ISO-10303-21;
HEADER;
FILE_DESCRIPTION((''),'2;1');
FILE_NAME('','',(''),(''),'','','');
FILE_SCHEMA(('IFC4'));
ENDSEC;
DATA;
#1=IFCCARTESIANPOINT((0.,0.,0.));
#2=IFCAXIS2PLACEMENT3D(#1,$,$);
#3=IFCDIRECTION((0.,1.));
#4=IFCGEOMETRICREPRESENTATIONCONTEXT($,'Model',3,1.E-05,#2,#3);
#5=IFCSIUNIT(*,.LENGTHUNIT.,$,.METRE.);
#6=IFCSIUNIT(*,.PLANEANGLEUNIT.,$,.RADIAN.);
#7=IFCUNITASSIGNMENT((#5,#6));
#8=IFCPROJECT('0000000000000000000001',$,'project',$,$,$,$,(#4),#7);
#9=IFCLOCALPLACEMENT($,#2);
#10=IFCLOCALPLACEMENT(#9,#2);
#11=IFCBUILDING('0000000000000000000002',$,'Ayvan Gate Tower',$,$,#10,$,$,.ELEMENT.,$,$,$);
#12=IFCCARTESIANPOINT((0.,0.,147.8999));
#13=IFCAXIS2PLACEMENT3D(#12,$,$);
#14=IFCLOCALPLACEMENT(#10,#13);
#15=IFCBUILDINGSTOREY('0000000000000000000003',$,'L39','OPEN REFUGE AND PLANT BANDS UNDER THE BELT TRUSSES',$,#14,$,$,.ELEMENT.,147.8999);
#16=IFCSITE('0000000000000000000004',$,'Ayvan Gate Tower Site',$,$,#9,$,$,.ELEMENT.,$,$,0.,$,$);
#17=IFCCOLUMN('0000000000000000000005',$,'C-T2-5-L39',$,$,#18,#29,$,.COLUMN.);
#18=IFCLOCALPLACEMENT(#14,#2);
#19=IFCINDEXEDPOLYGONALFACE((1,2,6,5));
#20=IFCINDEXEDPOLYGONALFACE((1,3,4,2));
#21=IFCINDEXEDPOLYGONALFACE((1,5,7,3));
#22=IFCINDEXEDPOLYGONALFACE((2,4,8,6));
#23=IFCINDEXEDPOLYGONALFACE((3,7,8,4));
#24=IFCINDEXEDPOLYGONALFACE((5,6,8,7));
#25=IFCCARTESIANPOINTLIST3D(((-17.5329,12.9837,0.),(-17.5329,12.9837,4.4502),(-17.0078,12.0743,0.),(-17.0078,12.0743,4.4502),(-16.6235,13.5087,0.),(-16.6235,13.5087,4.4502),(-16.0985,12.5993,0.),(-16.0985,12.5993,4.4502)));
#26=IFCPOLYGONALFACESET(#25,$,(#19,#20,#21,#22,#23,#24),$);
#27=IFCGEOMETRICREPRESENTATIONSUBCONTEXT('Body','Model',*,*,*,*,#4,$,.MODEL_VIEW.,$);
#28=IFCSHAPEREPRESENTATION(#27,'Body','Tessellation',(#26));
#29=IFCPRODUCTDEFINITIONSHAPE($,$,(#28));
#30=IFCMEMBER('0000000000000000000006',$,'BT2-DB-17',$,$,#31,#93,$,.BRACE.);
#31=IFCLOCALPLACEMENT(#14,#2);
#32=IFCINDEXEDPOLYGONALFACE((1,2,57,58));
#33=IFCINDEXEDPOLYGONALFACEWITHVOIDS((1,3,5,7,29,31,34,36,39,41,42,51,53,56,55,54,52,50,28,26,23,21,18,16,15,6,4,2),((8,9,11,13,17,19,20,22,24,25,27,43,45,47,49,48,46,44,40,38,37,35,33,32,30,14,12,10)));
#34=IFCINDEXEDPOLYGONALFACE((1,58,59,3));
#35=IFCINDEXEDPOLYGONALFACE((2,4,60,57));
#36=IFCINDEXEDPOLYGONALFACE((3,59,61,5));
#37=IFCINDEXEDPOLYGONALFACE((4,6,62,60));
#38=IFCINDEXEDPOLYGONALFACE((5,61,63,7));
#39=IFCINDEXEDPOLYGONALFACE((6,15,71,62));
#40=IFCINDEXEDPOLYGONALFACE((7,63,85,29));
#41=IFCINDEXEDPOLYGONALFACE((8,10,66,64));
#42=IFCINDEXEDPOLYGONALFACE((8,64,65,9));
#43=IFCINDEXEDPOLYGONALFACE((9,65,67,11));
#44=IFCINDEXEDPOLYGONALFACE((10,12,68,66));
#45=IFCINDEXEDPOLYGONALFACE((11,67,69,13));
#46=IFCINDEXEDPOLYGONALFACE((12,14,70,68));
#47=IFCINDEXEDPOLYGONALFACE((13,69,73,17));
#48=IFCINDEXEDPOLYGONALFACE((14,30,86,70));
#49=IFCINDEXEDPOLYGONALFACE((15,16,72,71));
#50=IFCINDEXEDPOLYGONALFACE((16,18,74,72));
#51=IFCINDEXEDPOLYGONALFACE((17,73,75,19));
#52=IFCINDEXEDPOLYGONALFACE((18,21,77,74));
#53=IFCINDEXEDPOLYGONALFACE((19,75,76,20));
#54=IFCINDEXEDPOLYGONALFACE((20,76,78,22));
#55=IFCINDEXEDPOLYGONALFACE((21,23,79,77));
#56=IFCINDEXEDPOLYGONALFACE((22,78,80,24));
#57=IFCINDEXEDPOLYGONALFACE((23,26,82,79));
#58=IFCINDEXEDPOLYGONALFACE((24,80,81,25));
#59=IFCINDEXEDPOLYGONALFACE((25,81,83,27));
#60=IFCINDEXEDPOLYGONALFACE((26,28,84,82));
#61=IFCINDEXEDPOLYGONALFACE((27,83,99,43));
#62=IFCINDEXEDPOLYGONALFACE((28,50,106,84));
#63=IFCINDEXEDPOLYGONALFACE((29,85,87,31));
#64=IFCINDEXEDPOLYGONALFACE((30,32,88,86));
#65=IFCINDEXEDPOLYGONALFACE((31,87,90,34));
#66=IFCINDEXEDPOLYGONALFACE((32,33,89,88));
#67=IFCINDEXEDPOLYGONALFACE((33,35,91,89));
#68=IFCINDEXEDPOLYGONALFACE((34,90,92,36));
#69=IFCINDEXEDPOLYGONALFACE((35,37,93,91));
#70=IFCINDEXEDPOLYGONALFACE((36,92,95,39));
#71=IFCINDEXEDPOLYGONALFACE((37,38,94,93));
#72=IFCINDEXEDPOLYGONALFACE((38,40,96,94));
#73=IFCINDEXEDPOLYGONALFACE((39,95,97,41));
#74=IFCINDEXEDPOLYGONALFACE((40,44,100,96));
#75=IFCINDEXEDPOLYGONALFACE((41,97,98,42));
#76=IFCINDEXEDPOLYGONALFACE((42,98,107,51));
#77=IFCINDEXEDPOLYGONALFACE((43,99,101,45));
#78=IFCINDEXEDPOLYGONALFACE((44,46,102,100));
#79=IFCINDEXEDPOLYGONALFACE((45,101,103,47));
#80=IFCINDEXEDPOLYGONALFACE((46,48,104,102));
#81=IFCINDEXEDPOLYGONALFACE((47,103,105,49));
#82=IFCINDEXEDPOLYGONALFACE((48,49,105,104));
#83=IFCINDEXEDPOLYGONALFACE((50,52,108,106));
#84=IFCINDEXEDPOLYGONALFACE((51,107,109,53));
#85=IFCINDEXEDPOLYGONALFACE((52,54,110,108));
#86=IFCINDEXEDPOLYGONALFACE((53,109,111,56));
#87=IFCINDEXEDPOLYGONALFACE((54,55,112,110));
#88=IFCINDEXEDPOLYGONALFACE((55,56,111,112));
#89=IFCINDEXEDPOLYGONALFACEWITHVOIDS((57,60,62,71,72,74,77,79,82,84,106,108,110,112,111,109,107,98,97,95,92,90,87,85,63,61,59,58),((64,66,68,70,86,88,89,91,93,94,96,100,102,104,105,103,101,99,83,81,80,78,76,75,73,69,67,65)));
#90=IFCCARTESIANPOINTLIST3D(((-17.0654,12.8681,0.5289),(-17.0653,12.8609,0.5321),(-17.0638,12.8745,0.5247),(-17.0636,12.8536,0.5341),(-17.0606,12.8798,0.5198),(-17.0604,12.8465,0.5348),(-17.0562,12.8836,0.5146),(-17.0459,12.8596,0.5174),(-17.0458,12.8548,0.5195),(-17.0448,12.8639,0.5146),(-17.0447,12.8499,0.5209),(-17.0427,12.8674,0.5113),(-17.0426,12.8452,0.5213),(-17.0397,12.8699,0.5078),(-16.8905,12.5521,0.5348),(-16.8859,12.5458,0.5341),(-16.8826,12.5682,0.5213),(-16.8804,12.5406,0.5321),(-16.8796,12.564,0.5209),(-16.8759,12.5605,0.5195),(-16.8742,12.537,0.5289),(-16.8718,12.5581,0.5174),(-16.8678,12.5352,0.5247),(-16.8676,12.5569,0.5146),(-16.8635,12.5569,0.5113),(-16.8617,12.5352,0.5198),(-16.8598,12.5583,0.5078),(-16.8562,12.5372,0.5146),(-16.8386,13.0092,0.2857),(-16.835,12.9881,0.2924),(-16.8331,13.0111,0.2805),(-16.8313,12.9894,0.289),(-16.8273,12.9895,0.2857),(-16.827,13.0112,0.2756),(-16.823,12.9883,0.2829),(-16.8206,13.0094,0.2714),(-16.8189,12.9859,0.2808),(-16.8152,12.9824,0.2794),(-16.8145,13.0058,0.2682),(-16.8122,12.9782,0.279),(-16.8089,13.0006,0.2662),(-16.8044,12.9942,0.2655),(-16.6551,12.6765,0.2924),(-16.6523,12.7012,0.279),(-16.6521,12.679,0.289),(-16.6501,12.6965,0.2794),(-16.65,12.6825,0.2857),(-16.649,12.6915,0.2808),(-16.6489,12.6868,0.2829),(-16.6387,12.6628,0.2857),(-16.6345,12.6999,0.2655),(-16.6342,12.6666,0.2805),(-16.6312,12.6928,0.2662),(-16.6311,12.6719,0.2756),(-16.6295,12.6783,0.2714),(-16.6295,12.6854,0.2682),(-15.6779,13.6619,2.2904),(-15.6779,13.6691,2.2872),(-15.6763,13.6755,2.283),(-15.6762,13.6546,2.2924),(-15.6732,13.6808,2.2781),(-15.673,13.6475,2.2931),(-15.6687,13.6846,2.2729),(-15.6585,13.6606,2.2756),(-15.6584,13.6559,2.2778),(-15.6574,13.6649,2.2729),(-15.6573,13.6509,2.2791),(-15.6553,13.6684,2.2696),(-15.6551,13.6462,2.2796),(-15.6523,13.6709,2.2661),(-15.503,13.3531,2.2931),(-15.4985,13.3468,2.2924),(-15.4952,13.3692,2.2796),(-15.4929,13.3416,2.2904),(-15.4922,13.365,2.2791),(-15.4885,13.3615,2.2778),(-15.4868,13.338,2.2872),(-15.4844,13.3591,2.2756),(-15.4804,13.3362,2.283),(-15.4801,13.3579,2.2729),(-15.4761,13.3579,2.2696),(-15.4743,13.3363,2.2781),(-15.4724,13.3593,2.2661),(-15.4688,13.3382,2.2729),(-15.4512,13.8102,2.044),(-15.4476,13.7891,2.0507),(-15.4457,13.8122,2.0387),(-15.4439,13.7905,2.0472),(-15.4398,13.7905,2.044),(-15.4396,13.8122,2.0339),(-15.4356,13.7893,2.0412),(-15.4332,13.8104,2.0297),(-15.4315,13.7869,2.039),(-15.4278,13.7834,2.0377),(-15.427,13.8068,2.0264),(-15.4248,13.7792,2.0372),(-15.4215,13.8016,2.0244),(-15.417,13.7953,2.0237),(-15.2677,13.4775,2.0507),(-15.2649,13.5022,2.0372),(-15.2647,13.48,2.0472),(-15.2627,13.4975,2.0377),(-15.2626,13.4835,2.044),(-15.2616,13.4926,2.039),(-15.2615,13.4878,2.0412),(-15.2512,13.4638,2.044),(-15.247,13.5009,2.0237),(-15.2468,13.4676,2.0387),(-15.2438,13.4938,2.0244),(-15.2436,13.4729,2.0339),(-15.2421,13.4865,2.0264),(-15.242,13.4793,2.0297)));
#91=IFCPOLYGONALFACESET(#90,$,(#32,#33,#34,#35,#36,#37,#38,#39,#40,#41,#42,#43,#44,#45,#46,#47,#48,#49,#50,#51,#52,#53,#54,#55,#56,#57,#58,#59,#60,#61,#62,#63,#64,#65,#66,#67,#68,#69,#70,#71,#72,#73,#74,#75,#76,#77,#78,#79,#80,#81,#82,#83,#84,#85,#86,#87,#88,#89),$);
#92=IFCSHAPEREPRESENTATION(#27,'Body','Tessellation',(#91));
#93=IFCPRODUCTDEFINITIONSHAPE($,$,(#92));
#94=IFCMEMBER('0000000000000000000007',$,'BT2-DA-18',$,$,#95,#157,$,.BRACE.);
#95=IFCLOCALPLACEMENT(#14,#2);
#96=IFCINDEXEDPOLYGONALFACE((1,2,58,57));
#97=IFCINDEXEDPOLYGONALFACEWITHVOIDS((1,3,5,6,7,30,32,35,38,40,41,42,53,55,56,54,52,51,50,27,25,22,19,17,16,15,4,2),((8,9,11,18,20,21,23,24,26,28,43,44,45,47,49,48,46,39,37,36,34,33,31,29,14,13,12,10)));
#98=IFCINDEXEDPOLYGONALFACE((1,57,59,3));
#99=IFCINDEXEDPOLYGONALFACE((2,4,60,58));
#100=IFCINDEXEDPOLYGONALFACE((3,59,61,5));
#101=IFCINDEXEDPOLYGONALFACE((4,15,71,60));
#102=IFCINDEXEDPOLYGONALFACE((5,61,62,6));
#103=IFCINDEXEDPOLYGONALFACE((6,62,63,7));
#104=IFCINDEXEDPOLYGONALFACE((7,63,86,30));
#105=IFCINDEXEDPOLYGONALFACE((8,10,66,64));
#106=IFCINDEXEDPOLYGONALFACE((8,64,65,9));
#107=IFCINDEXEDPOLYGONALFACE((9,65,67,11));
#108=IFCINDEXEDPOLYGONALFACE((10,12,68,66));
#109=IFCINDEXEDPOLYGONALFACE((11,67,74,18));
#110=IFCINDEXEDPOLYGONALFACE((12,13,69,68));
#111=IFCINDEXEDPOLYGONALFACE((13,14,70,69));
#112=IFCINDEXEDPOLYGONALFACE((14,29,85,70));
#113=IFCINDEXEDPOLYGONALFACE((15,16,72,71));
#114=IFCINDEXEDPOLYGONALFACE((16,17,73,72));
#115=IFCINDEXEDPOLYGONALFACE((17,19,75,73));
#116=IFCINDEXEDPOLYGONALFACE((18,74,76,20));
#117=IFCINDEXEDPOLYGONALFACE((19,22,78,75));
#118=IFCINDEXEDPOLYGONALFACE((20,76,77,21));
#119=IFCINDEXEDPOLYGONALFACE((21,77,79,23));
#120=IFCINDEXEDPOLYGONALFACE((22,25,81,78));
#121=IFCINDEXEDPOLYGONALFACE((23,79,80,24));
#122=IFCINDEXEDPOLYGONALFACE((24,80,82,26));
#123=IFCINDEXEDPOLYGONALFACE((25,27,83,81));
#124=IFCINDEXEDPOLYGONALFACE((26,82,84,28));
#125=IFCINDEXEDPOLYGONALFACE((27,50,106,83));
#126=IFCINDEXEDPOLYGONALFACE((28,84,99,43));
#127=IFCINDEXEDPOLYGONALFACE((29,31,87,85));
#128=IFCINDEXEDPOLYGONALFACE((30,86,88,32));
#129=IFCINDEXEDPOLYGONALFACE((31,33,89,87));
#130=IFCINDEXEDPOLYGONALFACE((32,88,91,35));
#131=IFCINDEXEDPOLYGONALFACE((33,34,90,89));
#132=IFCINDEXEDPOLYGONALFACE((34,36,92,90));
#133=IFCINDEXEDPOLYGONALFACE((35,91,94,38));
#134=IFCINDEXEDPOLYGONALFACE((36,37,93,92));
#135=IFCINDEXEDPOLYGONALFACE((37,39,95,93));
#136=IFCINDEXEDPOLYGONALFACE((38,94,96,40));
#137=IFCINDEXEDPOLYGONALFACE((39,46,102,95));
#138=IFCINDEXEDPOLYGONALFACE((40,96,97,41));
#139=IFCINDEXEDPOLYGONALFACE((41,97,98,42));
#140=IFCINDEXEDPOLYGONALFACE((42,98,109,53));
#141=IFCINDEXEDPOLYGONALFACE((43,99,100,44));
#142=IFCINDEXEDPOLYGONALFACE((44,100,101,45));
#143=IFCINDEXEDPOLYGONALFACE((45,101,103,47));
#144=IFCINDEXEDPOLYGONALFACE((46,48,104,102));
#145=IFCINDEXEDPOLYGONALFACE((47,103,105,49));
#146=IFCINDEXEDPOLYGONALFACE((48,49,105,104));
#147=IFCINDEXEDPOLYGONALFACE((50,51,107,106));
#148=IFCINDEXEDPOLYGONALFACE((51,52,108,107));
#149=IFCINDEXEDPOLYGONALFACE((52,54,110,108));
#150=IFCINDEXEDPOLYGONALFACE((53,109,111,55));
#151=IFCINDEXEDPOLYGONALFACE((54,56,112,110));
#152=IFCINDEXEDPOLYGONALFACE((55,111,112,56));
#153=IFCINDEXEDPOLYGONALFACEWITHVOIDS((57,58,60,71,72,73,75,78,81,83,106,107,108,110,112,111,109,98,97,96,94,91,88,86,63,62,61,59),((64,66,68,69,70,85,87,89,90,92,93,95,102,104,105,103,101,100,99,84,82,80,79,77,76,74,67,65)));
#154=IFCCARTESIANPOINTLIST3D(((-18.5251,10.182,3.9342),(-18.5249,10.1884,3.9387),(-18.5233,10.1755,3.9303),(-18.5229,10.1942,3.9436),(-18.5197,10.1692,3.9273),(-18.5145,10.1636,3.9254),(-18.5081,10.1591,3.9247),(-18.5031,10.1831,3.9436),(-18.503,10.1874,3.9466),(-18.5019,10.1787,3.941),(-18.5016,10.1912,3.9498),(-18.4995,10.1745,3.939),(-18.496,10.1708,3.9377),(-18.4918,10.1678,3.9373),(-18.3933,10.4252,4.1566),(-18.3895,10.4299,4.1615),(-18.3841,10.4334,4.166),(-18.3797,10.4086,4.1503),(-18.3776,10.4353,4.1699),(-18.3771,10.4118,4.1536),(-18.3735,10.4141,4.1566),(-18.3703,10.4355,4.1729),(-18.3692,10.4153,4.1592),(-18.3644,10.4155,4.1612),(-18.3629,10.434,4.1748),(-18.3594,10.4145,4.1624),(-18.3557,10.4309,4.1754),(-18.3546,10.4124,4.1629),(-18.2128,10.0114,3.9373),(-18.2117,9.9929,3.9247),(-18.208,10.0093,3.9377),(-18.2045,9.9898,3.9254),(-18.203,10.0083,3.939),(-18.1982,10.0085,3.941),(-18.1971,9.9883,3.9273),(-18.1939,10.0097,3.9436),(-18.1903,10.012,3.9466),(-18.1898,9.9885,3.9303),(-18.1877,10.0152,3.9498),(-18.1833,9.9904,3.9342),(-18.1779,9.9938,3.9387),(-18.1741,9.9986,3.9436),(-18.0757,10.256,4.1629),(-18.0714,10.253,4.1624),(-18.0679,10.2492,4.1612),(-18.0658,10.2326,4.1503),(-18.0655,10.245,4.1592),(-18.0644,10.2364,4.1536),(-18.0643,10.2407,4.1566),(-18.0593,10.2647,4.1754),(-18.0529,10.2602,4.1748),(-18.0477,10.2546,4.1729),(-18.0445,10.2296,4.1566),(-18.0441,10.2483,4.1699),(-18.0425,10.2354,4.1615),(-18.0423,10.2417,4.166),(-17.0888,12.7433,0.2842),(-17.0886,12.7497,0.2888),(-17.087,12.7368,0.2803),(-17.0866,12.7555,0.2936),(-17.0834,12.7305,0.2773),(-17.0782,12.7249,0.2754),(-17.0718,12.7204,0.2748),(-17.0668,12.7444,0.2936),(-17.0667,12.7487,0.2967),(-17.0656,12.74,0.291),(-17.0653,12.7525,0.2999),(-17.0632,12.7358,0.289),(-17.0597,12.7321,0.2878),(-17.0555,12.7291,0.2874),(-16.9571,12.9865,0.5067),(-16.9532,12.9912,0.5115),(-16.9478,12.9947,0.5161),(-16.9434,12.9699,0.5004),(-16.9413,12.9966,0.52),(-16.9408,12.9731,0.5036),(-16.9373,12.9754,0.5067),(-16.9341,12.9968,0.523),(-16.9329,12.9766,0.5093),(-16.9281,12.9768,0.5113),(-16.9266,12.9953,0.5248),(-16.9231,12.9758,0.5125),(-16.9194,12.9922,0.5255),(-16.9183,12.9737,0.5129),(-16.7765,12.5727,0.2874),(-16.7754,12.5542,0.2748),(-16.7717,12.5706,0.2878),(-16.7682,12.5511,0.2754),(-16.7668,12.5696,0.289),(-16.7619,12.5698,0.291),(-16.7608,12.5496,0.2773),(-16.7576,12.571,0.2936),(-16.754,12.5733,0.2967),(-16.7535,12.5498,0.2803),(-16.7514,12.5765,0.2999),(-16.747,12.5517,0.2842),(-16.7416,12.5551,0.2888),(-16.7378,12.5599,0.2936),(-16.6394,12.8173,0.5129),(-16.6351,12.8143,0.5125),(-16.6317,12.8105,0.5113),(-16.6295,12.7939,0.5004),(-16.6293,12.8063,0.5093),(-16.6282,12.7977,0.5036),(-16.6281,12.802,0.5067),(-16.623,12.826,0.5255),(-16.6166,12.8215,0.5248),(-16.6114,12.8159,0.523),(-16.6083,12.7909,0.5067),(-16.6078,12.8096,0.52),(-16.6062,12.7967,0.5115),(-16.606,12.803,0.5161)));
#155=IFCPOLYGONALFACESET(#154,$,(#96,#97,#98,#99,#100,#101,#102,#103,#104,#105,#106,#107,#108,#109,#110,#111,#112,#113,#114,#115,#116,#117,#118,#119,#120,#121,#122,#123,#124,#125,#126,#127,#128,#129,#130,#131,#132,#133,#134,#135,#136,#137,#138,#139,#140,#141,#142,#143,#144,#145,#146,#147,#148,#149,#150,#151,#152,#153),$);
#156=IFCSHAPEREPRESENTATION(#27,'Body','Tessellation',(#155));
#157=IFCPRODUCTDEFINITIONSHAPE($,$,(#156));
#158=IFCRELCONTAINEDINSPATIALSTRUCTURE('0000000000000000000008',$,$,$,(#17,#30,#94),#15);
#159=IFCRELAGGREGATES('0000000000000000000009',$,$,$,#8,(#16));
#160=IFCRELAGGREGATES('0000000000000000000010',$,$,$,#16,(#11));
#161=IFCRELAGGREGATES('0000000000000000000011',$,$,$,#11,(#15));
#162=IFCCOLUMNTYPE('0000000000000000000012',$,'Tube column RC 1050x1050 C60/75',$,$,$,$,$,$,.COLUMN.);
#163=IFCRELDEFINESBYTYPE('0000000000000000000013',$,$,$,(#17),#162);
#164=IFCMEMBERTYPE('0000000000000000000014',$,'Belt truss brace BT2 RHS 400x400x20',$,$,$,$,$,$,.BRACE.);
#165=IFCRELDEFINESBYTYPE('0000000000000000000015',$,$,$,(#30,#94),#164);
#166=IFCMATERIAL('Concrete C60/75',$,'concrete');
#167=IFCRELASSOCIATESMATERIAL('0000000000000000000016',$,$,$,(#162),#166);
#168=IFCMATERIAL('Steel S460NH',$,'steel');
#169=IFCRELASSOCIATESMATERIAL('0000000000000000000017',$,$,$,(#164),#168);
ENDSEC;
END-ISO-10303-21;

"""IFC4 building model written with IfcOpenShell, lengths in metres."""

from ifc_helpers import new_model, si_unit, direction, frame, origin, origin_2d, place, context, subcontext, project, spatial, rectangle, hollow_rectangle, extrude, material, material_profile, profile_set, type_object, element, save


model = new_model("IFC4")

# Units and contexts
model_context = context("Model", 3, precision=1e-05, world=origin(), true_north=direction((0.0, 1.0)))
body_context = subcontext(model_context, "Body", "Model", "MODEL_VIEW")
ifc_project = project(units=[si_unit("LENGTHUNIT", "METRE"), si_unit("PLANEANGLEUNIT", "RADIAN")], contexts=[model_context])

# Site, building, storey
site_placement = place(None, origin())
site = spatial("IfcSite", under=ifc_project, at=site_placement, Name="Ayvan Gate Tower Site", CompositionType="ELEMENT", RefElevation=0.0)
building_placement = place(site_placement, origin())
building = spatial("IfcBuilding", under=site, at=building_placement, Name="Ayvan Gate Tower", CompositionType="ELEMENT")
storey_placement = place(building_placement, frame((0.0, 0.0, 147.8999)))
storey = spatial("IfcBuildingStorey", under=building, at=storey_placement, Name="L39", Description="OPEN REFUGE AND PLANT BANDS UNDER THE BELT TRUSSES", CompositionType="ELEMENT", Elevation=147.8999)

# Column
ifc_material_1 = material(Name="Concrete C60/75", Category="concrete")
ifc_material_profile_1 = material_profile(ifc_material_1, rectangle(XDim=1.05, YDim=1.05, at=origin_2d()), Name="RC 1050x1050")
ifc_profile_set_1 = profile_set([ifc_material_profile_1], Name="Concrete C60/75")
column_type = type_object("IfcColumnType", Name="Tube column RC 1050x1050 C60/75", PredefinedType="COLUMN", material=ifc_profile_set_1)
column_placement = place(storey_placement, frame((-16.8157, 12.7915, 0.0), z_axis=(0.0, 0.0, 1.0), x_axis=(-0.5, 0.866025, 0.0)))
element("IfcColumn", 1, at=column_placement, inside=storey, type_object=column_type, Name="C-T2-5-L39", PredefinedType="COLUMN", context=body_context, shape_type="SweptSolid", body=[
    extrude(rectangle(XDim=1.05, YDim=1.05, at=origin_2d()), origin(), (0.0, 0.0, 1.0), 4.4502),
])

# Members
ifc_material_2 = material(Name="Steel S460NH", Category="steel")
ifc_material_profile_2 = material_profile(ifc_material_2, hollow_rectangle(XDim=0.3999, YDim=0.3999, WallThickness=0.02, InnerFilletRadius=0.02, OuterFilletRadius=0.03, at=origin_2d()), Name="RHS 400x400x20")
ifc_profile_set_2 = profile_set([ifc_material_profile_2], Name="Steel S460NH")
member_type_1 = type_object("IfcMemberType", Name="Belt truss brace BT2 RHS 400x400x20", PredefinedType="BRACE", material=ifc_profile_set_2)
member_1_placement = place(storey_placement, frame((-16.8474, 12.7732, 0.4001), z_axis=(0.583278, 0.336747, 0.739181), x_axis=(-0.499991, 0.866031, 0.0)))
element("IfcMember", 2, at=member_1_placement, inside=storey, type_object=member_type_1, Name="BT2-DB-17", PredefinedType="BRACE", context=body_context, shape_type="SweptSolid", body=[
    extrude(hollow_rectangle(XDim=0.3999, YDim=0.3999, WallThickness=0.02, InnerFilletRadius=0.02, OuterFilletRadius=0.03, at=origin_2d()), origin(), (0.0, 0.0, 1.0), 2.3787),
])
member_2_placement = place(storey_placement, frame((-16.8474, 12.7732, 0.4001), z_axis=(-0.3066, -0.546752, 0.779139), x_axis=(0.872221, -0.489112, 0.0)))
element("IfcMember", 3, at=member_2_placement, inside=storey, type_object=member_type_1, Name="BT2-DA-18", PredefinedType="BRACE", context=body_context, shape_type="SweptSolid", body=[
    extrude(hollow_rectangle(XDim=0.3999, YDim=0.3999, WallThickness=0.02, InnerFilletRadius=0.02, OuterFilletRadius=0.03, at=origin_2d()), origin(), (0.0, 0.0, 1.0), 4.6846),
])

save(model, "model.ifc")
